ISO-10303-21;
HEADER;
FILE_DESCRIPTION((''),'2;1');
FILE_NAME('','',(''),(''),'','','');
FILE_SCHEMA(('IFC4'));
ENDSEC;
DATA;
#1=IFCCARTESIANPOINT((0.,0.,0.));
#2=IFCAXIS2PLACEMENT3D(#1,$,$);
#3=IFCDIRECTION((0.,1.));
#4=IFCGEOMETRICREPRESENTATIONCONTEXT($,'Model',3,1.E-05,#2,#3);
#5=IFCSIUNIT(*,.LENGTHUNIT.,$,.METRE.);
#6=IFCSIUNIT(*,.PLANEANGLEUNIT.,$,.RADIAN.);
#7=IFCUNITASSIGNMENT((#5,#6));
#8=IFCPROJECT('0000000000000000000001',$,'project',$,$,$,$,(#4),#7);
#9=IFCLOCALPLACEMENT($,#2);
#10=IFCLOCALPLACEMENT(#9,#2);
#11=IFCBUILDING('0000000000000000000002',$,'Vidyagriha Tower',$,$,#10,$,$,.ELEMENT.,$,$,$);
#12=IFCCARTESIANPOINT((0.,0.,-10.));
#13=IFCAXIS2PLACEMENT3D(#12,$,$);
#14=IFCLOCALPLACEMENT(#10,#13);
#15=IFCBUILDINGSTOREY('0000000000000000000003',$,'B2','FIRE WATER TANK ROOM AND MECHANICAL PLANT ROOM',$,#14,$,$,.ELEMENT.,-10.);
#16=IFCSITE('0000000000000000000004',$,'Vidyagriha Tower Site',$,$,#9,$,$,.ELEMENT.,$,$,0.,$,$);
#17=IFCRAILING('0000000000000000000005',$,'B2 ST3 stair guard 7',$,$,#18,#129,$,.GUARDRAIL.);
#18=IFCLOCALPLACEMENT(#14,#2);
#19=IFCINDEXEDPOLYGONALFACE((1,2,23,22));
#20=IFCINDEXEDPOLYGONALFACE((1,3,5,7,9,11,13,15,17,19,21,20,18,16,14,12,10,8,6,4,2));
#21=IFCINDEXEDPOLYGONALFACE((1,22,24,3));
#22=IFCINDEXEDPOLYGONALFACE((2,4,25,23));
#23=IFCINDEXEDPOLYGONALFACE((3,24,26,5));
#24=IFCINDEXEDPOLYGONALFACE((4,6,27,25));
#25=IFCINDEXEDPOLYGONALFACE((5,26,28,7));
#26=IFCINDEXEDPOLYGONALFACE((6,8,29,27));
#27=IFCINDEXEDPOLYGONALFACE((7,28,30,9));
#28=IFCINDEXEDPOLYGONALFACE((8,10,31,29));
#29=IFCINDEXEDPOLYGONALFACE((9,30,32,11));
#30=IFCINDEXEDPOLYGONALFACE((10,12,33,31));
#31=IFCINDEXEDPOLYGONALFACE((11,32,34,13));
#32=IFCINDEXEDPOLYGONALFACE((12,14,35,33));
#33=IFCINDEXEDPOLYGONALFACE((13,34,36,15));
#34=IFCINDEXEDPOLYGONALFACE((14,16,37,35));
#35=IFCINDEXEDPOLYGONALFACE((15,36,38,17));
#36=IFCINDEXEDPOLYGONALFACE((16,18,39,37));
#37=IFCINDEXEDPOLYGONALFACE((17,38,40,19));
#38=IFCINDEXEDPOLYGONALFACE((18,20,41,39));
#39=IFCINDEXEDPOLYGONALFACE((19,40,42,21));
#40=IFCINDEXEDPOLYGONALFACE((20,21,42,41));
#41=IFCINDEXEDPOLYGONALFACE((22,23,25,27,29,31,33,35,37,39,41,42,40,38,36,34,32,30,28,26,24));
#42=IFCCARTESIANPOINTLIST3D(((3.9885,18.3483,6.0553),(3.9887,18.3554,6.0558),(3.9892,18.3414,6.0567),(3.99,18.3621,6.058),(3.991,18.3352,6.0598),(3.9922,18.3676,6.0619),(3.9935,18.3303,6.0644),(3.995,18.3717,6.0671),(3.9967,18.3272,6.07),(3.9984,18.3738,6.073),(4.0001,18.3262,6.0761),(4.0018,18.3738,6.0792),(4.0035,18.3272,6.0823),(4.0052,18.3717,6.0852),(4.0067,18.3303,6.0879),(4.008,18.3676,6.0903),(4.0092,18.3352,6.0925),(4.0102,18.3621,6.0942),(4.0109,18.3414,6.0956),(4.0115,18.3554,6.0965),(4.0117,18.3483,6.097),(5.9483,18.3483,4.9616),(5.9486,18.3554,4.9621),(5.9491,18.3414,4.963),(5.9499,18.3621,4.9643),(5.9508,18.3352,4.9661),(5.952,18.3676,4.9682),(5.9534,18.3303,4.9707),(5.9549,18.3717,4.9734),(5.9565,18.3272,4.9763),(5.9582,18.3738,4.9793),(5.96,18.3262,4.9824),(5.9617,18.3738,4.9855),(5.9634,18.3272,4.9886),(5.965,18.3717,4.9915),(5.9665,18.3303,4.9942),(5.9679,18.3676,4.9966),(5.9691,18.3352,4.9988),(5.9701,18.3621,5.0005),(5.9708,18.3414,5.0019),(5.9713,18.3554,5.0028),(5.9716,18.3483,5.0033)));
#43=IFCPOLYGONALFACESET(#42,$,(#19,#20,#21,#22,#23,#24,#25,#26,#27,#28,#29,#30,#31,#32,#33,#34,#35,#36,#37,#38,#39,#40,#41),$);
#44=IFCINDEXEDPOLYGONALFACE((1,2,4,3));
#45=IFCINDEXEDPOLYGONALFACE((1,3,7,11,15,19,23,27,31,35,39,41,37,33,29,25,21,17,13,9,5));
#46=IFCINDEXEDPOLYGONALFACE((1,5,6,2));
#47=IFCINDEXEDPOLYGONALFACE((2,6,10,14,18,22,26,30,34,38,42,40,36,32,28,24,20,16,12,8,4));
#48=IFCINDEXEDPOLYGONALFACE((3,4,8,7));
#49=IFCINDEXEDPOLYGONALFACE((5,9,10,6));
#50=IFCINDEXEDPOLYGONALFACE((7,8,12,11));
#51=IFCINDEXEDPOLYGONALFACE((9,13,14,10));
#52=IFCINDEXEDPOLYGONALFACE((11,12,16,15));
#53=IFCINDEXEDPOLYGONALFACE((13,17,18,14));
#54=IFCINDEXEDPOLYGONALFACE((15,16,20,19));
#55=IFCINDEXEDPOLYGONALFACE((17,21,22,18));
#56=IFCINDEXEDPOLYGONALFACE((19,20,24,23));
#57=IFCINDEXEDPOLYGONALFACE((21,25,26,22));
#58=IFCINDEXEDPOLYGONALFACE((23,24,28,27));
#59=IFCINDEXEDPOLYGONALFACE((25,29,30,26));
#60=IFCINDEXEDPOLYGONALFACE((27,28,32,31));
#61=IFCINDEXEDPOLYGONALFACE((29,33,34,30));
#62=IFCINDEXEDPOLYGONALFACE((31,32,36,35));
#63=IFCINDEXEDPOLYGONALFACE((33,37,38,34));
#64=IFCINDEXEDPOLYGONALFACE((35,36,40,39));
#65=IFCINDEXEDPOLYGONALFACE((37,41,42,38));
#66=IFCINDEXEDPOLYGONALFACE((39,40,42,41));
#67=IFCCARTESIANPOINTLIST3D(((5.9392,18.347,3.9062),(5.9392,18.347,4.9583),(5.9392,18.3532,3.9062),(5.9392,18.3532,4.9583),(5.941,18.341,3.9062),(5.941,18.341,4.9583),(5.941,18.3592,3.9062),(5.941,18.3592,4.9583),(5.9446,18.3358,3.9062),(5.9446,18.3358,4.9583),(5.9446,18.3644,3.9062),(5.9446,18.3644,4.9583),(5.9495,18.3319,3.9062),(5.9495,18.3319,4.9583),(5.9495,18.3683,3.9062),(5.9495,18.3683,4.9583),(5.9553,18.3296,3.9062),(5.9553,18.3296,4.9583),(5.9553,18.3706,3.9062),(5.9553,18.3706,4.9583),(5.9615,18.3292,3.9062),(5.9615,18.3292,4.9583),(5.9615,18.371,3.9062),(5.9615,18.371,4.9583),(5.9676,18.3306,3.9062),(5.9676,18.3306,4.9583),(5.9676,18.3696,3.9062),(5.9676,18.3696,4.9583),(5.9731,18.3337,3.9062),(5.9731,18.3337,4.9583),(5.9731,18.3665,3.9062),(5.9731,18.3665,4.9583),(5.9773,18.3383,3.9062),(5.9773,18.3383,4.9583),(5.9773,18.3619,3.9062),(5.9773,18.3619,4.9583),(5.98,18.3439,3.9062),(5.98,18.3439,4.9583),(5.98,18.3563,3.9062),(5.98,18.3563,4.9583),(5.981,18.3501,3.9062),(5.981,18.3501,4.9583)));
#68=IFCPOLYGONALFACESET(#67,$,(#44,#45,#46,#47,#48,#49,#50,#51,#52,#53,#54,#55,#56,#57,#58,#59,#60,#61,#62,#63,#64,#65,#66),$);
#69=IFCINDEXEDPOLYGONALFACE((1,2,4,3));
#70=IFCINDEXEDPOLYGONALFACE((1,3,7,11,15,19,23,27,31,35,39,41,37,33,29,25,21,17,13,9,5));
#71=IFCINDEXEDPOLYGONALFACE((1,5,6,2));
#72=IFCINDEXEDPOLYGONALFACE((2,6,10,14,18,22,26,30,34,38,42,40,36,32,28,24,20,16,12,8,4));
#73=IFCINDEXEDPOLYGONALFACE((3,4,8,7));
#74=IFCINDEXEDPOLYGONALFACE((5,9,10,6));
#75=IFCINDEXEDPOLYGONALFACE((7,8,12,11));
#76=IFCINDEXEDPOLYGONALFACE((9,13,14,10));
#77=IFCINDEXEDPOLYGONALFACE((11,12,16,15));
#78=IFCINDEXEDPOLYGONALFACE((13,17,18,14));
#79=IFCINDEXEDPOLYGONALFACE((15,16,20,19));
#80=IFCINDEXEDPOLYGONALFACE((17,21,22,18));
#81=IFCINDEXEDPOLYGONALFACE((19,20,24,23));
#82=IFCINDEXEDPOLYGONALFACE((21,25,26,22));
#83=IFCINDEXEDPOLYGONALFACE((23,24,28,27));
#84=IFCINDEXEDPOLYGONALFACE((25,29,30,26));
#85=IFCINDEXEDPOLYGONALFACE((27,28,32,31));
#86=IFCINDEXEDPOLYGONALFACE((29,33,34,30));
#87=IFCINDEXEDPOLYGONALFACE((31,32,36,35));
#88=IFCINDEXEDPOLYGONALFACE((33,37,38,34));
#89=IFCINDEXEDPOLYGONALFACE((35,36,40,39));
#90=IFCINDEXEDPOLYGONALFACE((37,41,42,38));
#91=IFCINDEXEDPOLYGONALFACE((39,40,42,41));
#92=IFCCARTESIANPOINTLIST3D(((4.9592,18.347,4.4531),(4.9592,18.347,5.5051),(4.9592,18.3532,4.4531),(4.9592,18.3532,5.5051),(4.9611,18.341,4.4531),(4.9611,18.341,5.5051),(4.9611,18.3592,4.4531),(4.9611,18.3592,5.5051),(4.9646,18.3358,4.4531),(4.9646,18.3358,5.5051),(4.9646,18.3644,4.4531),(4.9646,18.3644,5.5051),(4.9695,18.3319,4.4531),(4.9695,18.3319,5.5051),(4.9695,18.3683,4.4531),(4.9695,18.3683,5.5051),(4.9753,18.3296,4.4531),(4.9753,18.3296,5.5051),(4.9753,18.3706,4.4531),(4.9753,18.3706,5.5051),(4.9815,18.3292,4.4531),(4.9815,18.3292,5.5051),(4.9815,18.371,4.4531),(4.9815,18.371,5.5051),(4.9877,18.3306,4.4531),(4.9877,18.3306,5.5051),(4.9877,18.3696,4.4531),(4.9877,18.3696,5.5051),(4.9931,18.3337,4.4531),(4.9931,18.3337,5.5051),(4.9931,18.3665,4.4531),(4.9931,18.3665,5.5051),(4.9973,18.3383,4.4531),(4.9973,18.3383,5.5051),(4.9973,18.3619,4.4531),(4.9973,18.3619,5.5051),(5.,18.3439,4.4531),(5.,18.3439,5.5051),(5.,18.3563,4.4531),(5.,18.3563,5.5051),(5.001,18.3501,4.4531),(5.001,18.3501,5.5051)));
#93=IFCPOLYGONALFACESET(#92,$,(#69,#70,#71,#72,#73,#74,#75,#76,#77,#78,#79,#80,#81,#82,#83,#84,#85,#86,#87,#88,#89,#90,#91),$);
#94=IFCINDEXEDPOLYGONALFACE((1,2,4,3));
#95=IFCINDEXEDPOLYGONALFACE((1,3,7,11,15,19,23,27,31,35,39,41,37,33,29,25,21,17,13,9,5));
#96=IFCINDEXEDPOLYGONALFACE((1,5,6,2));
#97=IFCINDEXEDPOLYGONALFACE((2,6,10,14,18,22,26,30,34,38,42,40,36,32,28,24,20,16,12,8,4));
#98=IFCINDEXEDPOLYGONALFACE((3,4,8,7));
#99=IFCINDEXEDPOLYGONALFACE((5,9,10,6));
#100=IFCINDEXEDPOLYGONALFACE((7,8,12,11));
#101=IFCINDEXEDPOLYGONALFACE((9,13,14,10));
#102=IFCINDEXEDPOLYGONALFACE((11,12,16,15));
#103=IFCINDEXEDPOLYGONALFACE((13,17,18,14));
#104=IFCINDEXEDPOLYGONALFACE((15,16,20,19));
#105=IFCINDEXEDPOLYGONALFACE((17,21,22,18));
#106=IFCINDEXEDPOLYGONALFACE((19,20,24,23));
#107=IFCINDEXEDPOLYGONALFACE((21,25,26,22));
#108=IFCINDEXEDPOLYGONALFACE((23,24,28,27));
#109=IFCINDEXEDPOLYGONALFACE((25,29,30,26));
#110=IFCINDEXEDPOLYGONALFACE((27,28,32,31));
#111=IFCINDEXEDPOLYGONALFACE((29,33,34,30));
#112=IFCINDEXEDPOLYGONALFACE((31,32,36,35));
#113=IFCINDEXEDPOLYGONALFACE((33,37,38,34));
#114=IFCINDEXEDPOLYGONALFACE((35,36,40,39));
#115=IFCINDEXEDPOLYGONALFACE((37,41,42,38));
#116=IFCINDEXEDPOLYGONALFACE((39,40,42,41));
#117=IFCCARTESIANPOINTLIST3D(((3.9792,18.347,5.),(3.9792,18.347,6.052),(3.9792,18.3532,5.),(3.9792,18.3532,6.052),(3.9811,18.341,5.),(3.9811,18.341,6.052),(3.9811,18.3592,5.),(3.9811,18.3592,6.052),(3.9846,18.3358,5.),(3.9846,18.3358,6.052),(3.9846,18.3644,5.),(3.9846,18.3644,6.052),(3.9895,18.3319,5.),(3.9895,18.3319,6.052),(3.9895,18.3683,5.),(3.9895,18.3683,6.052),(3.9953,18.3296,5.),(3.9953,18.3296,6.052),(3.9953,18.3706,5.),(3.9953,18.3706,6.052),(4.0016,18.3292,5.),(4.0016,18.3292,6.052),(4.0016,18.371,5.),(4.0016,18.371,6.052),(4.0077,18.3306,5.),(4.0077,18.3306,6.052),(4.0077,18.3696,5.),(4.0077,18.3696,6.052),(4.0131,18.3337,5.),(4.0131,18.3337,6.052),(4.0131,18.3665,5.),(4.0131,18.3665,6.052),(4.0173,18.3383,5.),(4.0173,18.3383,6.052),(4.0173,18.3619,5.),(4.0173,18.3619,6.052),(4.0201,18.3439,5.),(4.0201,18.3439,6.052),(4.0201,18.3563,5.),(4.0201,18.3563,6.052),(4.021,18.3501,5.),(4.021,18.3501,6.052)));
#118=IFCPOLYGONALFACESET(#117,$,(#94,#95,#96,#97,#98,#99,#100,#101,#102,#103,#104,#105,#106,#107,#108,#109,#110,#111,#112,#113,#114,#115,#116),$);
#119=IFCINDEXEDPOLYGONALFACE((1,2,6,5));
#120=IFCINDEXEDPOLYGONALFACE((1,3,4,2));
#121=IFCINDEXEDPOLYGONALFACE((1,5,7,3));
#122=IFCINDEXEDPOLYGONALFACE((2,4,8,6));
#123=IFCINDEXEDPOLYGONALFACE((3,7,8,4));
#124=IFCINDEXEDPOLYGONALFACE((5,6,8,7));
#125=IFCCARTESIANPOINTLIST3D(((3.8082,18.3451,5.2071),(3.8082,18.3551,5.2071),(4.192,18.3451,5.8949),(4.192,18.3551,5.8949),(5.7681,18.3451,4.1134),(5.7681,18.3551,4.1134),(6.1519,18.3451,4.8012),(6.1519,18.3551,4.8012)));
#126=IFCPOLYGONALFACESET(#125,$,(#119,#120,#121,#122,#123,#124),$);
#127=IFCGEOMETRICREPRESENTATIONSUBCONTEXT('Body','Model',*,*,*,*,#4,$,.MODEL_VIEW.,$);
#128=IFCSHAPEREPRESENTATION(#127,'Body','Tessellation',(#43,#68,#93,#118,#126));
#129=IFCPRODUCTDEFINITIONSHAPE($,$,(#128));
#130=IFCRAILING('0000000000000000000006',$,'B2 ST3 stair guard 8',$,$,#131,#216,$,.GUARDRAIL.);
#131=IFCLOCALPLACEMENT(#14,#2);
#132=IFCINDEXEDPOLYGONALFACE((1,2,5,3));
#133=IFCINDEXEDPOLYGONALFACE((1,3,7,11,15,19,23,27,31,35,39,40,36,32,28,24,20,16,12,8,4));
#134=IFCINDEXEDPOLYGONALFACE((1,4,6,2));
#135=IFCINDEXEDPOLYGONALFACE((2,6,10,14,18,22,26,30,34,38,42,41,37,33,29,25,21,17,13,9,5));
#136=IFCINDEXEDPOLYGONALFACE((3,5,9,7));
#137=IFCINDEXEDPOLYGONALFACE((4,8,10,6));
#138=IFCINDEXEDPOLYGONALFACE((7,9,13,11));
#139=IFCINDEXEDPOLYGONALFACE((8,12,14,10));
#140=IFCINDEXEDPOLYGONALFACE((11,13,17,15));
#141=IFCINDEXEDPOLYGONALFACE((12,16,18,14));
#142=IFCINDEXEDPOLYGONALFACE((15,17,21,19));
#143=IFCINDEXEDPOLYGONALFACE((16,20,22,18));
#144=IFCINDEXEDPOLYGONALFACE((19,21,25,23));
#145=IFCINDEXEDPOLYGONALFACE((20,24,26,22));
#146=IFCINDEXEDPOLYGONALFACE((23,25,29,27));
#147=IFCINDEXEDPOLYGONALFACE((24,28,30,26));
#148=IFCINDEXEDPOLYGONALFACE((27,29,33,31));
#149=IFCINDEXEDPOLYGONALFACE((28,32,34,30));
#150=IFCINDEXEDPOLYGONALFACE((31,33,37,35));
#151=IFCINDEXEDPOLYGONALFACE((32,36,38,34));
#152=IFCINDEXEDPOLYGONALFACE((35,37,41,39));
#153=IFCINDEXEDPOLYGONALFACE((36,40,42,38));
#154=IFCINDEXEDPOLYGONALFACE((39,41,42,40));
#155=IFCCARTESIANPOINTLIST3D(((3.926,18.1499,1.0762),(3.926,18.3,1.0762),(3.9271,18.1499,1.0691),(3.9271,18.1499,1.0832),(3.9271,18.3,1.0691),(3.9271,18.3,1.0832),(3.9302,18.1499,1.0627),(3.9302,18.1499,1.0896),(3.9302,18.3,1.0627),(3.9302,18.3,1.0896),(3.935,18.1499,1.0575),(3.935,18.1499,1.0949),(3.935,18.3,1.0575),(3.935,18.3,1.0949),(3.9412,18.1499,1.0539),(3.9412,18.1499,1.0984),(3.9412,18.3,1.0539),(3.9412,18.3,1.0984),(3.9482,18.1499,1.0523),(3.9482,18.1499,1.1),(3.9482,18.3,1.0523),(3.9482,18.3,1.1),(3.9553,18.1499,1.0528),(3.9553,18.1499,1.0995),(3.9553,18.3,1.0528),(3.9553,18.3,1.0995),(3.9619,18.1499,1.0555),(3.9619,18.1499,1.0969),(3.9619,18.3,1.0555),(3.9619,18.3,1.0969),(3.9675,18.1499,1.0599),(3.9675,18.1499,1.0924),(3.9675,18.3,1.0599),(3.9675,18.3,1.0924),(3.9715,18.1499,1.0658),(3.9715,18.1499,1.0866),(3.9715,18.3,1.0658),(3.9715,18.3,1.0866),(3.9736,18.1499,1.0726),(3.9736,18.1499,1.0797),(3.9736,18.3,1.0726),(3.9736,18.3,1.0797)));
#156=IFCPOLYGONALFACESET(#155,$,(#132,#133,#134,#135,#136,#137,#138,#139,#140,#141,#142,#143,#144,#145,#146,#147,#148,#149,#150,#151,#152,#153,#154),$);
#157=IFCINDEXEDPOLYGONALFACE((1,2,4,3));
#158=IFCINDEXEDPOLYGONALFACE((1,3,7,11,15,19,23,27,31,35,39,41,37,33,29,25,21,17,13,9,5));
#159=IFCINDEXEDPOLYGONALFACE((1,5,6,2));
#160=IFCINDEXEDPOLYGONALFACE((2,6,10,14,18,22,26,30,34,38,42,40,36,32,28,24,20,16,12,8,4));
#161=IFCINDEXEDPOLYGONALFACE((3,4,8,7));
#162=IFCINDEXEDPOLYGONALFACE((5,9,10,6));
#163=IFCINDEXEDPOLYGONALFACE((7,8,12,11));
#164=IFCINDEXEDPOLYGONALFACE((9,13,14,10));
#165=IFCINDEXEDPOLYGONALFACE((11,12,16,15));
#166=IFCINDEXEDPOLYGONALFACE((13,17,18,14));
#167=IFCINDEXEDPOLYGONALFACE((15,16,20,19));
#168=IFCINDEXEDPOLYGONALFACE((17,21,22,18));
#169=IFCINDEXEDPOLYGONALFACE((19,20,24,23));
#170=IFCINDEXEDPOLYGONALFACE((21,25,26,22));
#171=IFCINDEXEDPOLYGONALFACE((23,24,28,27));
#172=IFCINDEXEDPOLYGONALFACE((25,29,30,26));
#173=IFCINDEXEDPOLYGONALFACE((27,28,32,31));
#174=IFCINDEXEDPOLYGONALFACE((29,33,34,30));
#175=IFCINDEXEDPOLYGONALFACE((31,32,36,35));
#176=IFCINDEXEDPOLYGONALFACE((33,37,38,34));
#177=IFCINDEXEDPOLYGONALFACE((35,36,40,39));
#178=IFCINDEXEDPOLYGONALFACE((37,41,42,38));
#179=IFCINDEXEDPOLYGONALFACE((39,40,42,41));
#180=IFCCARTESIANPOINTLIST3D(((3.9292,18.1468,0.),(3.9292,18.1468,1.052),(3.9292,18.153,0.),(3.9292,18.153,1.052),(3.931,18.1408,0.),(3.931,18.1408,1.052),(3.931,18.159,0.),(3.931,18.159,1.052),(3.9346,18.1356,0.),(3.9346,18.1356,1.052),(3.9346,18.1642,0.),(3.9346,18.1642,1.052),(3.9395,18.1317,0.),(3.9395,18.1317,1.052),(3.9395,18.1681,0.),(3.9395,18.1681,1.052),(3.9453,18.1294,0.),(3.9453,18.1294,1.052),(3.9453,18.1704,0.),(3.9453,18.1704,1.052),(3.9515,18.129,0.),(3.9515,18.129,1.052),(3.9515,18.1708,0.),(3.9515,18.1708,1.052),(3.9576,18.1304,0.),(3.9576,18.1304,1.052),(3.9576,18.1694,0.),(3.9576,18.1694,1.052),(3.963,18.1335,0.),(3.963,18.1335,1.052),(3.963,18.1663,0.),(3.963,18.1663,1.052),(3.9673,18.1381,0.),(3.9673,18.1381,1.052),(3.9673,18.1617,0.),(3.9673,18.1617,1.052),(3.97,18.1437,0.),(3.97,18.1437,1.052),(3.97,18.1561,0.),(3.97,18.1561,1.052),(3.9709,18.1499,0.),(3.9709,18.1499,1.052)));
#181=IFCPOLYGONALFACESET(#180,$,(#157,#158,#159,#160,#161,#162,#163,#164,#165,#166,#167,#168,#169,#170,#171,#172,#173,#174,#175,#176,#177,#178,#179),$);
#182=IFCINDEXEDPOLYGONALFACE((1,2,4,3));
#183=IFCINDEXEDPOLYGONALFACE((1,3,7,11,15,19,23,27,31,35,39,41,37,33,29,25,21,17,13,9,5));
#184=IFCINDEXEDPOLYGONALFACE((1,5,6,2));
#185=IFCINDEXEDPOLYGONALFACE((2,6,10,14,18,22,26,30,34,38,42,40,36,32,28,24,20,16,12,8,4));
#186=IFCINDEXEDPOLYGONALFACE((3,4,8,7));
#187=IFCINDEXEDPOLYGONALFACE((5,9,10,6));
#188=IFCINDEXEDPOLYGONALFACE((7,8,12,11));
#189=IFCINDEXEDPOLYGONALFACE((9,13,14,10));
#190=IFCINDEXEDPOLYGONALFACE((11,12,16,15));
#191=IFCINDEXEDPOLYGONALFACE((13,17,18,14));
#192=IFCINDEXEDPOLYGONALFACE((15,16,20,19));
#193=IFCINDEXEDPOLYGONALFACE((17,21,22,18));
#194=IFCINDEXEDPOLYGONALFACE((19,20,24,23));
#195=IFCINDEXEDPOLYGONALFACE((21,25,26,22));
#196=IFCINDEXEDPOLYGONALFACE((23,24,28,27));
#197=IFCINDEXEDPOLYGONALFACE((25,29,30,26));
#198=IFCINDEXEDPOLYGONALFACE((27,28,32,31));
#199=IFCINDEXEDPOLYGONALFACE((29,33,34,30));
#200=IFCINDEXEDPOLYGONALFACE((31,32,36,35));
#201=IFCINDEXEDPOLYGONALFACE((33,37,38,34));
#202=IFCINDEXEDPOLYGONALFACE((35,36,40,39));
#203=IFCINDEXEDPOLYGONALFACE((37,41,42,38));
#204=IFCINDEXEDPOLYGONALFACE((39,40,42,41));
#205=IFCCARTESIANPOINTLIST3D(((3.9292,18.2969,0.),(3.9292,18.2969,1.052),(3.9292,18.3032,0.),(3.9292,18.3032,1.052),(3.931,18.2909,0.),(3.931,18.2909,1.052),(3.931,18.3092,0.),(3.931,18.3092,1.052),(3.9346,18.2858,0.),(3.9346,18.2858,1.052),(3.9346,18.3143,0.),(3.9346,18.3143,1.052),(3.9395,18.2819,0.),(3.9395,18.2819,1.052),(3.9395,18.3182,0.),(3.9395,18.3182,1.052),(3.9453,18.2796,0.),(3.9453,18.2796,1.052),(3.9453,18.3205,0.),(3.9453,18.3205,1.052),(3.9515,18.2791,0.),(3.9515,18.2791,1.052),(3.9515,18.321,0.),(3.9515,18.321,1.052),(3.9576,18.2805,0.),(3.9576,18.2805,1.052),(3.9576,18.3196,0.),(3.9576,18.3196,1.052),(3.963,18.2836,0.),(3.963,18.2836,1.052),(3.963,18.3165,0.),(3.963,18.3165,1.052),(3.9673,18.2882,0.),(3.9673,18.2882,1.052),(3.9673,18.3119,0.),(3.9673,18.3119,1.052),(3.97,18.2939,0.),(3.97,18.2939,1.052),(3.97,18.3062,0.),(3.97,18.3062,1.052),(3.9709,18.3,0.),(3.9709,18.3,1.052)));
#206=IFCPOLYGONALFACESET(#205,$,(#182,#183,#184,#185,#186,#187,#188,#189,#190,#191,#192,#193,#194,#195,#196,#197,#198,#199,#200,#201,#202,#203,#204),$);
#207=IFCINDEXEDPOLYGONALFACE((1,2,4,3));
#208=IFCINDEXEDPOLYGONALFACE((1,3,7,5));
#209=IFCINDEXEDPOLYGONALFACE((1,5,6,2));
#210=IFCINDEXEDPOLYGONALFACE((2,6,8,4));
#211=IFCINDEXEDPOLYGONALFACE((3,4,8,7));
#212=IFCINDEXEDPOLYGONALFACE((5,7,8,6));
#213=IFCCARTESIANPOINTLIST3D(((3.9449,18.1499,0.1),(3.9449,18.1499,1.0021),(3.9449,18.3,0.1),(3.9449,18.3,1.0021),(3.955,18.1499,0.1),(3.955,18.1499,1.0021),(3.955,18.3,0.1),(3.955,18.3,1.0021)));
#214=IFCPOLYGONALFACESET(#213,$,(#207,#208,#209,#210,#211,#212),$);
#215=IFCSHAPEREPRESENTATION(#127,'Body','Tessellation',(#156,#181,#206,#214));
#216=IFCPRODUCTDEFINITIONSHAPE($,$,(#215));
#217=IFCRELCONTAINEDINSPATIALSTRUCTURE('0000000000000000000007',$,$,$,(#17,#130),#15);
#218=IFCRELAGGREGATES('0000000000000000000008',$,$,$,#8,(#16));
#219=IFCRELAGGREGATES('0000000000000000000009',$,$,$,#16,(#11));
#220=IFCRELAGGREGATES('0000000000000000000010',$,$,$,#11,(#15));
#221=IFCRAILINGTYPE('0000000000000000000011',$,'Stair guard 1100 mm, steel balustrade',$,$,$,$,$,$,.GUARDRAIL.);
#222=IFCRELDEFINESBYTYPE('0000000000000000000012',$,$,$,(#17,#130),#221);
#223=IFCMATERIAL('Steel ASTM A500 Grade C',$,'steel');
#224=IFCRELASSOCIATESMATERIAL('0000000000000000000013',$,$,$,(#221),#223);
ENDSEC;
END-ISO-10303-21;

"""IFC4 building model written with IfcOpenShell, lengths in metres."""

from ifc_helpers import new_model, si_unit, direction, frame, origin, origin_2d, place, context, subcontext, project, spatial, rectangle, circle, extrude, material, type_object, element, save


model = new_model("IFC4")

# Units and contexts
model_context = context("Model", 3, precision=1e-05, world=origin(), true_north=direction((0.0, 1.0)))
body_context = subcontext(model_context, "Body", "Model", "MODEL_VIEW")
ifc_project = project(units=[si_unit("LENGTHUNIT", "METRE"), si_unit("PLANEANGLEUNIT", "RADIAN")], contexts=[model_context])

# Site, building, storey
site_placement = place(None, origin())
site = spatial("IfcSite", under=ifc_project, at=site_placement, Name="Vidyagriha Tower Site", CompositionType="ELEMENT", RefElevation=0.0)
building_placement = place(site_placement, origin())
building = spatial("IfcBuilding", under=site, at=building_placement, Name="Vidyagriha Tower", CompositionType="ELEMENT")
storey_placement = place(building_placement, frame((0.0, 0.0, -10.0)))
storey = spatial("IfcBuildingStorey", under=building, at=storey_placement, Name="B2", Description="FIRE WATER TANK ROOM AND MECHANICAL PLANT ROOM", CompositionType="ELEMENT", Elevation=-10.0)

# Railings
ifc_material_1 = material(Name="Steel ASTM A500 Grade C", Category="steel")
railing_type_1 = type_object("IfcRailingType", Name="Stair guard 1100 mm, steel balustrade", PredefinedType="GUARDRAIL", material=ifc_material_1)
railing_1_placement = place(storey_placement, frame((5.96, 18.3501, 3.9062)))
element("IfcRailing", 1, at=railing_1_placement, inside=storey, type_object=railing_type_1, Name="B2 ST3 stair guard 7", PredefinedType="GUARDRAIL", context=body_context, shape_type="SweptSolid", body=[
    extrude(circle(Radius=0.0239, at=origin_2d()), frame((0.0, 0.0, 1.0762), z_axis=(-0.873232, 0.0, 0.487304), x_axis=(0.0, -1.0, 0.0)), (0.0, 0.0, 1.0), 2.2444),
    extrude(circle(Radius=0.021, at=origin_2d()), origin(), (0.0, 0.0, 1.0), 1.052),
    extrude(circle(Radius=0.021, at=origin_2d()), frame((-0.98, 0.0, 0.5469)), (0.0, 0.0, 1.0), 1.052),
    extrude(circle(Radius=0.021, at=origin_2d()), frame((-1.96, 0.0, 1.0938)), (0.0, 0.0, 1.0), 1.052),
    extrude(rectangle(XDim=0.01, YDim=0.7876, at=origin_2d()), frame((0.0, 0.0, 0.551), z_axis=(-0.873232, 0.0, 0.487304), x_axis=(0.0, -1.0, 0.0)), (0.0, 0.0, 1.0), 2.2444),
])
railing_2_placement = place(storey_placement, frame((3.95, 18.1499, 0.0)))
element("IfcRailing", 2, at=railing_2_placement, inside=storey, type_object=railing_type_1, Name="B2 ST3 stair guard 8", PredefinedType="GUARDRAIL", context=body_context, shape_type="SweptSolid", body=[
    extrude(circle(Radius=0.0239, at=origin_2d()), frame((0.0, 0.0, 1.0762), z_axis=(0.0, 1.0, 0.0), x_axis=(-1.0, 0.0, 0.0)), (0.0, 0.0, 1.0), 0.1501),
    extrude(circle(Radius=0.021, at=origin_2d()), origin(), (0.0, 0.0, 1.0), 1.052),
    extrude(circle(Radius=0.021, at=origin_2d()), frame((0.0, 0.1501, 0.0)), (0.0, 0.0, 1.0), 1.052),
    extrude(rectangle(XDim=0.01, YDim=0.9021, at=origin_2d()), frame((0.0, 0.0, 0.551), z_axis=(0.0, 1.0, 0.0), x_axis=(-1.0, 0.0, 0.0)), (0.0, 0.0, 1.0), 0.1501),
])

save(model, "model.ifc")
